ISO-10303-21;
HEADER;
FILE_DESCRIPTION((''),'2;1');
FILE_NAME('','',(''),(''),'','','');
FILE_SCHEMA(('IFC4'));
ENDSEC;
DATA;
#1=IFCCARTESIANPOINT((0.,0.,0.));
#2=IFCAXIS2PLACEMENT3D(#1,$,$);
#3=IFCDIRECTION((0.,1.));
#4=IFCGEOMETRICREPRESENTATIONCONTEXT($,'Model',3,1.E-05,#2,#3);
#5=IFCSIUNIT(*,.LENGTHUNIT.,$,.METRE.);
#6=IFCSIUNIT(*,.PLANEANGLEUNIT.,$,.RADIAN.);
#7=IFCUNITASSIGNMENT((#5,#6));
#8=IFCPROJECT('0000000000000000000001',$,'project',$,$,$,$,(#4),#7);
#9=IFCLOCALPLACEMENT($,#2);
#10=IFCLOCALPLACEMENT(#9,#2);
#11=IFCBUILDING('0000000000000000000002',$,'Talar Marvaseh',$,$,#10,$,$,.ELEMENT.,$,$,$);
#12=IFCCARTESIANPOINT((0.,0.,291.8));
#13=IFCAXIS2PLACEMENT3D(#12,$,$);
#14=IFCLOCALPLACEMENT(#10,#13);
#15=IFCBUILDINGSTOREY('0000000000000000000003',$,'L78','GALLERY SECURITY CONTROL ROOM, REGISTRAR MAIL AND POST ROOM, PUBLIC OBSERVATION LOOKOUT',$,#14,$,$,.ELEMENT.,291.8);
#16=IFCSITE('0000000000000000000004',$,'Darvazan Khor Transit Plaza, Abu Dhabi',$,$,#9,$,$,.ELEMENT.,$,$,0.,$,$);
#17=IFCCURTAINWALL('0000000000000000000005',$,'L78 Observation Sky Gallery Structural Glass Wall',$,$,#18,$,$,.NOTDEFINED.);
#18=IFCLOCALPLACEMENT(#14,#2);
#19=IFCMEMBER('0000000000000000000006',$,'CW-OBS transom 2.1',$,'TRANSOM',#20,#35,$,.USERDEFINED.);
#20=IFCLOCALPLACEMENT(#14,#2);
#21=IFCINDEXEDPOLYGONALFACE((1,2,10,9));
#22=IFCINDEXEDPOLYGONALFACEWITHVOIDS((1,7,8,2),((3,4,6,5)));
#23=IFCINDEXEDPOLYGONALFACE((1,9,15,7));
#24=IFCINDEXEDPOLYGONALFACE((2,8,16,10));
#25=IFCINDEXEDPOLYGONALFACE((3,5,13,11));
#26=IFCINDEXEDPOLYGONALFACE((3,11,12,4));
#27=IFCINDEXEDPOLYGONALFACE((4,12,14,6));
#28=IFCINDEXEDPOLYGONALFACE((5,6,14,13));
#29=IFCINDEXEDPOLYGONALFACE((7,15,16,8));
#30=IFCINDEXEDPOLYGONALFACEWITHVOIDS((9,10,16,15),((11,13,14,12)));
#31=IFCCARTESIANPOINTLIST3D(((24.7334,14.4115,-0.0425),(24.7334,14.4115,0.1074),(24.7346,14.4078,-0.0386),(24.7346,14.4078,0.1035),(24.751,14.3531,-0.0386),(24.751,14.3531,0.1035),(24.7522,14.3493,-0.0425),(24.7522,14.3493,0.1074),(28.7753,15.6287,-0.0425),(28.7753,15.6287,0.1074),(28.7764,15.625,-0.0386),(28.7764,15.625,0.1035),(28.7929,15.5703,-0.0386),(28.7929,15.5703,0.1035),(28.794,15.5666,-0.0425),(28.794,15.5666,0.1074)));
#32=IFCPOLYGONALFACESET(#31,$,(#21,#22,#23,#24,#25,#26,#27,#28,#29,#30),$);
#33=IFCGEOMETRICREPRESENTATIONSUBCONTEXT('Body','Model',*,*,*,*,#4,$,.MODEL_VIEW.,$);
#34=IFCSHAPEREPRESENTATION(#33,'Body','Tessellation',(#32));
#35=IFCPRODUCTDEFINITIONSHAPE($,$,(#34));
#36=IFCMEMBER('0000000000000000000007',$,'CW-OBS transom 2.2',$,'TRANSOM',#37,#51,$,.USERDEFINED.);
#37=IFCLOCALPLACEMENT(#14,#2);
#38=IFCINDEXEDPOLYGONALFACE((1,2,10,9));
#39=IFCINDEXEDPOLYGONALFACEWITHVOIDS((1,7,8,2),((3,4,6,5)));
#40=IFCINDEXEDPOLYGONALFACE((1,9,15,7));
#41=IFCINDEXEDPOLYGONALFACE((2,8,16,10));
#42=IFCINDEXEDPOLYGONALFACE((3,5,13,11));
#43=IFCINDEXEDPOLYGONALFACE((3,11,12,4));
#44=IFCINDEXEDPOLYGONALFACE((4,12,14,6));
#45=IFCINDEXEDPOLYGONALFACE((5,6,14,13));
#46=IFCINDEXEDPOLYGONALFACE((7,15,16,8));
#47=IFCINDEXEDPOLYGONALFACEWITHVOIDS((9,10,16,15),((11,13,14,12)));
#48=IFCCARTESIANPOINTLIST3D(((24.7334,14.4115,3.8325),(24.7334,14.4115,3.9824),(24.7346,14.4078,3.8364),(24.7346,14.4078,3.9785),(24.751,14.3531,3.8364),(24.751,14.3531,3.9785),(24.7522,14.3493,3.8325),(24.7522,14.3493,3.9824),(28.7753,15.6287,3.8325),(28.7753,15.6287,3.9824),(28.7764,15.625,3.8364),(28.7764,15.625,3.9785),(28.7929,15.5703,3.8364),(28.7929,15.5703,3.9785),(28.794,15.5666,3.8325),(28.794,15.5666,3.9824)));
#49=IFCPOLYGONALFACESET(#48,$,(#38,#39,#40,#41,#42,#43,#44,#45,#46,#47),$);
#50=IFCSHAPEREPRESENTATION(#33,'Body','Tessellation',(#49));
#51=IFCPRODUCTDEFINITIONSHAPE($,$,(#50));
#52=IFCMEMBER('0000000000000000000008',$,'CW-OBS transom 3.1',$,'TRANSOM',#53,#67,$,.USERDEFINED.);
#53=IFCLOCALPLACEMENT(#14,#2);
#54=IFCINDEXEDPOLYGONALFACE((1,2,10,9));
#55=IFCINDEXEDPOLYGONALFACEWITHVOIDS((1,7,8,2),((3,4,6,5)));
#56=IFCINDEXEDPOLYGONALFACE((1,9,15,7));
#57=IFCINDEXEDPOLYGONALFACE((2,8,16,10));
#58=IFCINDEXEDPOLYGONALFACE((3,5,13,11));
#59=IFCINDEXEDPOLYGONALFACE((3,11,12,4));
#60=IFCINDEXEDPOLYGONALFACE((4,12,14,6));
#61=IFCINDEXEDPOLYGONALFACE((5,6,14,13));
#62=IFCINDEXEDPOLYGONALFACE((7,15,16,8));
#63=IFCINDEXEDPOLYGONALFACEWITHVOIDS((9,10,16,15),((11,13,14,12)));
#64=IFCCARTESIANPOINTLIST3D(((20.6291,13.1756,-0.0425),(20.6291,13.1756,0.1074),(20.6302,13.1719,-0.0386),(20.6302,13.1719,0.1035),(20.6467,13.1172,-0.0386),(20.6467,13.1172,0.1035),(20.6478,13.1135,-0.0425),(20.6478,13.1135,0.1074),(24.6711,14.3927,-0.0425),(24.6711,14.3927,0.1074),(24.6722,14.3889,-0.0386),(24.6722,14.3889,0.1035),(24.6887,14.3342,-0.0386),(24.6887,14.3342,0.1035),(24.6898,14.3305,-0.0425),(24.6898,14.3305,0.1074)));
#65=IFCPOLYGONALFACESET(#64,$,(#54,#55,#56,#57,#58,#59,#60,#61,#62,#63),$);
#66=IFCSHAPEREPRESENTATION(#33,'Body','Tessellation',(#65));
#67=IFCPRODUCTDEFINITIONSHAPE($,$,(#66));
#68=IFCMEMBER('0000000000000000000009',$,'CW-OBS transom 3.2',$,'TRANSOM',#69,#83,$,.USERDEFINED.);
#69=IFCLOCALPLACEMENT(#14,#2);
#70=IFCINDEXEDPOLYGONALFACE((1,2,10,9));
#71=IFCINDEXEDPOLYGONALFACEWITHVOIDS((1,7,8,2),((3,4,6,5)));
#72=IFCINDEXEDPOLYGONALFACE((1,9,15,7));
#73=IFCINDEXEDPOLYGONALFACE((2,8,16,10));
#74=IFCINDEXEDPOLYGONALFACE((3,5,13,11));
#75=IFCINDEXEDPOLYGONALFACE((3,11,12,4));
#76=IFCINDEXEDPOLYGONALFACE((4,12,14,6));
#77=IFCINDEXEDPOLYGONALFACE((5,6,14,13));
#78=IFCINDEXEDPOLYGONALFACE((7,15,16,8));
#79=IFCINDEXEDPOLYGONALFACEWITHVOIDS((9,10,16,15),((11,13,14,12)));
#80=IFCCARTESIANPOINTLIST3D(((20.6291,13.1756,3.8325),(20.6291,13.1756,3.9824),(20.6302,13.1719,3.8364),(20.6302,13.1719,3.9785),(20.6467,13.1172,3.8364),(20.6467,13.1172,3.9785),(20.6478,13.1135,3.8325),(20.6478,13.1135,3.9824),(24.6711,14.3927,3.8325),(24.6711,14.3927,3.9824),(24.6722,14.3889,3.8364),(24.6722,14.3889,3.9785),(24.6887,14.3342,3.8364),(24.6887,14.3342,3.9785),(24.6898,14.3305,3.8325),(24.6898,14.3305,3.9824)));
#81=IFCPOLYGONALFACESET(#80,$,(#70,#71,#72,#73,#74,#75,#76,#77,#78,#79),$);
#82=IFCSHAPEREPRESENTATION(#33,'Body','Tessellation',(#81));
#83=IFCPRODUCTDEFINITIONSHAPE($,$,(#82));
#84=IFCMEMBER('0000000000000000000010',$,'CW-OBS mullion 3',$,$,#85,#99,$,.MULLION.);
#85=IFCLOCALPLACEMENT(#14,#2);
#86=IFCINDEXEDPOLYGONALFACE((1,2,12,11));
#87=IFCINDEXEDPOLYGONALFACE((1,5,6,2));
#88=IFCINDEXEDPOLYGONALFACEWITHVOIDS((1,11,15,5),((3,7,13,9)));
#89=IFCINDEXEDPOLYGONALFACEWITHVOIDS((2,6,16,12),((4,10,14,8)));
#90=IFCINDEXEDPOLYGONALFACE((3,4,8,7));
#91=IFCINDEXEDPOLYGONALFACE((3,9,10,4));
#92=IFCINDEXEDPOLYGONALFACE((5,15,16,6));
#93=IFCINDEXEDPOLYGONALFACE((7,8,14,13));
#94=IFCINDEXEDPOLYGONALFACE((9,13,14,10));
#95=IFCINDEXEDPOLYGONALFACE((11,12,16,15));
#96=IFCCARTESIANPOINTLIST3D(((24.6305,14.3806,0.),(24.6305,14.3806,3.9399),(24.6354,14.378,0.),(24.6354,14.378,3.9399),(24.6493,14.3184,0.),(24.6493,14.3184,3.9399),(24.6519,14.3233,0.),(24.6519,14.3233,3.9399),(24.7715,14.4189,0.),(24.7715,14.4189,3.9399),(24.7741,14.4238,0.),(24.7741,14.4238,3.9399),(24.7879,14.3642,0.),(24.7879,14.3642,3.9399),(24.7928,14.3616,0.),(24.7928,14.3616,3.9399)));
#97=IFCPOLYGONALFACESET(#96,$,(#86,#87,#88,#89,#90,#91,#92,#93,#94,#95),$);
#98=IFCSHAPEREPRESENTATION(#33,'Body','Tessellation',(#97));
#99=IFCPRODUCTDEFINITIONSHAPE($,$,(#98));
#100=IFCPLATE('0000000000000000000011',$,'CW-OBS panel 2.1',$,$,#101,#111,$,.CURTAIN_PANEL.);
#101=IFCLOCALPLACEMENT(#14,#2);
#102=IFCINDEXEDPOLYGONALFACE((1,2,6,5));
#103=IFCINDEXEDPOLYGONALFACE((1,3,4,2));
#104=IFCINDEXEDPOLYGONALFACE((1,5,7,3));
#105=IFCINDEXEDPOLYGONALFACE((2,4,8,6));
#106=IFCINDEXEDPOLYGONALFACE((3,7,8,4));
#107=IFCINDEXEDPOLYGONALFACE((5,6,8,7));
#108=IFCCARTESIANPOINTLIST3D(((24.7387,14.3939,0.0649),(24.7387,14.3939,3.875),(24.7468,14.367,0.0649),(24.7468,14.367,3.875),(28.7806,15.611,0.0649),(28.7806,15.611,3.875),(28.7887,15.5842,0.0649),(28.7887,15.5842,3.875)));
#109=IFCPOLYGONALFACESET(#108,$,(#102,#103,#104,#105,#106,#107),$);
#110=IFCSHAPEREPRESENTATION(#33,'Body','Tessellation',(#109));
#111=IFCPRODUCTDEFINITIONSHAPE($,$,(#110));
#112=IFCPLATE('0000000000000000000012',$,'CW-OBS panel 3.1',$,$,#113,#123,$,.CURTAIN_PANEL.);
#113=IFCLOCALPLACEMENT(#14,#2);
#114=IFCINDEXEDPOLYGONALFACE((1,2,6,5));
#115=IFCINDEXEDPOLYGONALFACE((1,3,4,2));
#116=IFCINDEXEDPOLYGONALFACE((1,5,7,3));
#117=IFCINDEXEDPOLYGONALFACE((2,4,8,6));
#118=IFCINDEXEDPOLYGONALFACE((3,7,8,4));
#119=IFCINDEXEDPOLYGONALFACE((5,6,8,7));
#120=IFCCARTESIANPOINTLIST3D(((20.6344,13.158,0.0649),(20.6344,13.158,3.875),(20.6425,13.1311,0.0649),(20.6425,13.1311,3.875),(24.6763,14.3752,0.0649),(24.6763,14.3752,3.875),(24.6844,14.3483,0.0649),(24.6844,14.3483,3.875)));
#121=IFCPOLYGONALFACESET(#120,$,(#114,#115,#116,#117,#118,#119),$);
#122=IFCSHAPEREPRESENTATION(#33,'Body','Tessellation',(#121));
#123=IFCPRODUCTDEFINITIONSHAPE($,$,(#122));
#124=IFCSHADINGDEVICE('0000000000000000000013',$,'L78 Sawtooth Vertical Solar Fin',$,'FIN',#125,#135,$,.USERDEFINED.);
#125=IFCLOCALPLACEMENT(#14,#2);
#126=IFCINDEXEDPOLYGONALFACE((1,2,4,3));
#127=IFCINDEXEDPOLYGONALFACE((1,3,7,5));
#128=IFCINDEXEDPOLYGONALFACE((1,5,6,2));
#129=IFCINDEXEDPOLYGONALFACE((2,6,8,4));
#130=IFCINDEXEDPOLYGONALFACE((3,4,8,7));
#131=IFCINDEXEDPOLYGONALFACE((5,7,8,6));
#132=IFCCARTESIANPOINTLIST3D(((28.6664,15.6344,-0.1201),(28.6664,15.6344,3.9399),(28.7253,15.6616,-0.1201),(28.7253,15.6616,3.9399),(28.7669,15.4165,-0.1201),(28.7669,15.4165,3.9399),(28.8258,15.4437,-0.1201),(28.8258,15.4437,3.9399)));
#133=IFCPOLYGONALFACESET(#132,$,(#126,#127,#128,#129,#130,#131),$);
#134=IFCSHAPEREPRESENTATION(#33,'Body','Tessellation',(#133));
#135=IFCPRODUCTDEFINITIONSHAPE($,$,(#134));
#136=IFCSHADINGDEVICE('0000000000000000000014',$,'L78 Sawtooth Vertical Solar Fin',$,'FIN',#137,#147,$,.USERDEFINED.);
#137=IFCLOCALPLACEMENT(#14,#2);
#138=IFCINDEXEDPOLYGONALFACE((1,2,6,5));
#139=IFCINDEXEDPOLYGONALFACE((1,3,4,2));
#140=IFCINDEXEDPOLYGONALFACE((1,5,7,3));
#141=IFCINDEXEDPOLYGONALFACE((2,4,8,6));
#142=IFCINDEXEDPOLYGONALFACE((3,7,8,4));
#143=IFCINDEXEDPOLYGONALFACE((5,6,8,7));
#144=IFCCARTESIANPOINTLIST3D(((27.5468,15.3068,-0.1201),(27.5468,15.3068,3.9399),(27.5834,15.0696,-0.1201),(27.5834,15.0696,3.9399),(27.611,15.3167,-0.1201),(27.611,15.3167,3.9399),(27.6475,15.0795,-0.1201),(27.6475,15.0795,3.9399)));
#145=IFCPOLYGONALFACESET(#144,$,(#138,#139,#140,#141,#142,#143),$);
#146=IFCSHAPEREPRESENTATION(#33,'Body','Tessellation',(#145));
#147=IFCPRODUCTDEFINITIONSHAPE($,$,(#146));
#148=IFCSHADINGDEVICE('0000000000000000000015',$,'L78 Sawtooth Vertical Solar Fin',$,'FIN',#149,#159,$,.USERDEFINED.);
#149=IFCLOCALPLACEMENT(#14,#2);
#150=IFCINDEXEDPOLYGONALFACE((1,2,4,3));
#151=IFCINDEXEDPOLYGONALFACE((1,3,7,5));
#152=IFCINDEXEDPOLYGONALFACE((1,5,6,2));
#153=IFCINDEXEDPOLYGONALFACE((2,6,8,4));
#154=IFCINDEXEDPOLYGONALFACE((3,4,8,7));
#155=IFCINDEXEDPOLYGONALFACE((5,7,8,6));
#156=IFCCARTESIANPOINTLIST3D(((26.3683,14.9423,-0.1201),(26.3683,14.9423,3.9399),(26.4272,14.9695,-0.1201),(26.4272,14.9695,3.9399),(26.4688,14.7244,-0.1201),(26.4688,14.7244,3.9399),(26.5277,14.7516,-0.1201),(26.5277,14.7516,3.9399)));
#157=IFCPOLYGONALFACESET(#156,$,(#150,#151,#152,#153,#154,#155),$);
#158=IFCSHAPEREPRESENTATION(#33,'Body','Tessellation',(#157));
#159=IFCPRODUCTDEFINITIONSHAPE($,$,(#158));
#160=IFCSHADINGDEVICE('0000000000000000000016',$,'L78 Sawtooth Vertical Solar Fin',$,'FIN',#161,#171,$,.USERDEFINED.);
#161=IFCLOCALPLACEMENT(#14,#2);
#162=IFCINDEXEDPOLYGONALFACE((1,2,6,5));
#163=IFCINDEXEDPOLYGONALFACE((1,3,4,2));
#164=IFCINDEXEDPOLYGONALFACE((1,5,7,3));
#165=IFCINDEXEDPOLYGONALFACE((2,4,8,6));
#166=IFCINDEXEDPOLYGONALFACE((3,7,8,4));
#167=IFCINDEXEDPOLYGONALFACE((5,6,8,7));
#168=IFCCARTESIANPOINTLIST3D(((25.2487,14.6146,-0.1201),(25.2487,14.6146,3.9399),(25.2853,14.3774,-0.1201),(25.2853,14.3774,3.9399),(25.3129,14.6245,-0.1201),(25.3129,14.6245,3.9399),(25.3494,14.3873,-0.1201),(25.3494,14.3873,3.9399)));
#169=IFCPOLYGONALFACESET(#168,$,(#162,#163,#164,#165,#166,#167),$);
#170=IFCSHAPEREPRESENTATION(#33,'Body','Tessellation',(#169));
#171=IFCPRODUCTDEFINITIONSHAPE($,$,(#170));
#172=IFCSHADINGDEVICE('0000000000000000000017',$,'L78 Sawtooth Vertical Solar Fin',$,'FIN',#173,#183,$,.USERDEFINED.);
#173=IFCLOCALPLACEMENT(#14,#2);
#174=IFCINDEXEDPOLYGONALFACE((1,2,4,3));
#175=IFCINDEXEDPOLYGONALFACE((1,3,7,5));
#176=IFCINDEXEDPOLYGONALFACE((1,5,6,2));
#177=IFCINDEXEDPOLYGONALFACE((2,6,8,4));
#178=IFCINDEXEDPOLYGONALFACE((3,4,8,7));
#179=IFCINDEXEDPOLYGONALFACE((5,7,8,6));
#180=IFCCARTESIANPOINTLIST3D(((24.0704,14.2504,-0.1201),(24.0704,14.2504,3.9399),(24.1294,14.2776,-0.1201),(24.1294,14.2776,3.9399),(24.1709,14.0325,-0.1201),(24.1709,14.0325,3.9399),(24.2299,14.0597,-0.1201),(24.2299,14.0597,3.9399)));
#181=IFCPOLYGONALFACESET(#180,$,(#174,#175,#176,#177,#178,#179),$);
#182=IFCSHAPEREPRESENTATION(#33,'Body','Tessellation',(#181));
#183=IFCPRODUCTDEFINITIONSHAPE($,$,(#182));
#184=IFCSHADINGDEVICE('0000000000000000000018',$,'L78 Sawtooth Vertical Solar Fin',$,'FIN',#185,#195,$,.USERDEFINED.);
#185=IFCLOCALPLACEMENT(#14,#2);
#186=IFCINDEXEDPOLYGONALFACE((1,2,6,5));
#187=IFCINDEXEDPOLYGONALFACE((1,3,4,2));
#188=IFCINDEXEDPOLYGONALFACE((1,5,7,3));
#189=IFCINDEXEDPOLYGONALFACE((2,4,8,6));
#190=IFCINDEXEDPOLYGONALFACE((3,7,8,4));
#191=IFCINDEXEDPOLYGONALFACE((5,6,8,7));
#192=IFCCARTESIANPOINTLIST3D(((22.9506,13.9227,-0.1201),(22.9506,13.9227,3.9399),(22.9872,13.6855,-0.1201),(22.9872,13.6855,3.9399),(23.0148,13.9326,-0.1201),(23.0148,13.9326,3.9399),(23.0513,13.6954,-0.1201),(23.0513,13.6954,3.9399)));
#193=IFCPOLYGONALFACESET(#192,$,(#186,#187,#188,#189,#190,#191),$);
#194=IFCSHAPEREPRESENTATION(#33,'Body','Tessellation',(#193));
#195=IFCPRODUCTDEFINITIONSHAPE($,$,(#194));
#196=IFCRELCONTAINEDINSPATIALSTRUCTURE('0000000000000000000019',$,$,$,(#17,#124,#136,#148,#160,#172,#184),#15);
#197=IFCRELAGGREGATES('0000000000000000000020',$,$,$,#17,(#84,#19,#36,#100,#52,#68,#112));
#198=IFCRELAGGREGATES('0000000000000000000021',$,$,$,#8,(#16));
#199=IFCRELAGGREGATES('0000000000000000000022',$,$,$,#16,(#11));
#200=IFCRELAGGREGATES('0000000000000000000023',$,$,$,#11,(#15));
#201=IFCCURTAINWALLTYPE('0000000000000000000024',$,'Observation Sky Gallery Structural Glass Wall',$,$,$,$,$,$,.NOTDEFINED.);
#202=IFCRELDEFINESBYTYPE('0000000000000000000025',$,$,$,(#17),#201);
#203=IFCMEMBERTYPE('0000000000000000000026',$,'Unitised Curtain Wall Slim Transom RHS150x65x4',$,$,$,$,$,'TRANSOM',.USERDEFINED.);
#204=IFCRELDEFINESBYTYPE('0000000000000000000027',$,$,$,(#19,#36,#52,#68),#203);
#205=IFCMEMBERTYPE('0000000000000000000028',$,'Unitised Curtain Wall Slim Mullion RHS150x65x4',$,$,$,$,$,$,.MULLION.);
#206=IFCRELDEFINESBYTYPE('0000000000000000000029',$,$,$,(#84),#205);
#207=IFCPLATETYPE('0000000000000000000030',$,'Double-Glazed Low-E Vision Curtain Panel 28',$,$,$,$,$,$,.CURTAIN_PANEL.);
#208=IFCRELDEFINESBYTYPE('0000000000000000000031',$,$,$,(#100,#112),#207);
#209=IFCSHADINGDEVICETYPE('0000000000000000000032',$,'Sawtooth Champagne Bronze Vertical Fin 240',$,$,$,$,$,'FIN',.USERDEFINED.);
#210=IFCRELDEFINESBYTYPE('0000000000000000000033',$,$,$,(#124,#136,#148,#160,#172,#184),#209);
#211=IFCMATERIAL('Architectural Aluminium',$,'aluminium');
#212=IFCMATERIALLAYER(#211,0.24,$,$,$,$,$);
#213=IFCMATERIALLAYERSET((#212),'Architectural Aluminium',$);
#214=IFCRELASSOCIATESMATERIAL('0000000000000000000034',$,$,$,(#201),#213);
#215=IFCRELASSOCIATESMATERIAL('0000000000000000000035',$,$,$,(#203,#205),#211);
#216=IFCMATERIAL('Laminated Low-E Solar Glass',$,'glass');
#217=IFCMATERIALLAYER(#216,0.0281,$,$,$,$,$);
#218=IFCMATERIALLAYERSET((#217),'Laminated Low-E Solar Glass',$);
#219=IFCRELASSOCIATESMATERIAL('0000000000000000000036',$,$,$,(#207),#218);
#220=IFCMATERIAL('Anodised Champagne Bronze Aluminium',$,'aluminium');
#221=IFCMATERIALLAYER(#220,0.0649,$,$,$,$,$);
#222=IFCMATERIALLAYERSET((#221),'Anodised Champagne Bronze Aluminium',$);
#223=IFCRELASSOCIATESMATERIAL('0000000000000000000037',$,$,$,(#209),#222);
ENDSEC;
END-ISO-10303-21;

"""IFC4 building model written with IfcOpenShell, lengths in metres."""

from ifc_helpers import new_model, si_unit, direction, frame, origin, origin_2d, place, context, subcontext, project, spatial, rectangle, hollow_rectangle, extrude, source, transform, mapped, material, layer, layer_set, material_profile, profile_set, type_object, type_shapes, element, aggregate, save


model = new_model("IFC4")

# Units and contexts
model_context = context("Model", 3, precision=1e-05, world=origin(), true_north=direction((0.0, 1.0)))
body_context = subcontext(model_context, "Body", "Model", "MODEL_VIEW")
ifc_project = project(units=[si_unit("LENGTHUNIT", "METRE"), si_unit("PLANEANGLEUNIT", "RADIAN")], contexts=[model_context])

# Site, building, storey
site_placement = place(None, origin())
site = spatial("IfcSite", under=ifc_project, at=site_placement, Name="Darvazan Khor Transit Plaza, Abu Dhabi", CompositionType="ELEMENT", RefElevation=0.0)
building_placement = place(site_placement, origin())
building = spatial("IfcBuilding", under=site, at=building_placement, Name="Talar Marvaseh", CompositionType="ELEMENT")
storey_placement = place(building_placement, frame((0.0, 0.0, 291.8)))
storey = spatial("IfcBuildingStorey", under=building, at=storey_placement, Name="L78", Description="GALLERY SECURITY CONTROL ROOM, REGISTRAR MAIL AND POST ROOM, PUBLIC OBSERVATION LOOKOUT", CompositionType="ELEMENT", Elevation=291.8)

# Curtain wall, members, plates
ifc_material_1 = material(Name="Architectural Aluminium", Category="aluminium")
ifc_layer_1 = layer(ifc_material_1, 0.24)
ifc_layer_set_1 = layer_set([ifc_layer_1], Name="Architectural Aluminium")
curtain_wall_type = type_object("IfcCurtainWallType", Name="Observation Sky Gallery Structural Glass Wall", PredefinedType="NOTDEFINED", material=ifc_layer_set_1)
curtain_wall_placement = place(storey_placement, origin())
curtain_wall = element("IfcCurtainWall", 1, at=curtain_wall_placement, inside=storey, type_object=curtain_wall_type, Name="L78 Observation Sky Gallery Structural Glass Wall", PredefinedType="NOTDEFINED")
ifc_material_profile_1 = material_profile(ifc_material_1, hollow_rectangle(XDim=0.0649, YDim=0.1499, WallThickness=0.0039, at=origin_2d()), Name="RHS150x65x4")
ifc_profile_set_1 = profile_set([ifc_material_profile_1], Name="Architectural Aluminium")
member_type_1 = type_object("IfcMemberType", Name="Unitised Curtain Wall Slim Transom RHS150x65x4", ElementType="TRANSOM", PredefinedType="USERDEFINED", material=ifc_profile_set_1)
shared_shape_1 = source(origin(), body_context, "Body", "SweptSolid", [
    extrude(hollow_rectangle(XDim=0.0649, YDim=0.1499, WallThickness=0.0039, at=origin_2d()), origin(), (0.0, 0.0, 1.0), 4.2212),
])
type_shapes(member_type_1, [shared_shape_1])
member_1_placement = place(storey_placement, frame((28.7847, 15.5977, 0.0325), z_axis=(-0.95752, -0.288366, 0.0), x_axis=(0.288366, -0.95752, 0.0)))
member_1 = element("IfcMember", 2, at=member_1_placement, type_object=member_type_1, Name="CW-OBS transom 2.1", ObjectType="TRANSOM", PredefinedType="USERDEFINED", context=body_context, shape_type="MappedRepresentation", body=[
    mapped(shared_shape_1, transform((0.0, 0.0, 0.0), x_axis=(1.0, 0.0, 0.0), y_axis=(0.0, 1.0, 0.0), z_axis=(0.0, 0.0, 1.0), scale=1.0)),
])
member_2_placement = place(storey_placement, frame((28.7847, 15.5977, 3.9075), z_axis=(-0.95752, -0.288366, 0.0), x_axis=(0.288366, -0.95752, 0.0)))
member_2 = element("IfcMember", 3, at=member_2_placement, type_object=member_type_1, Name="CW-OBS transom 2.2", ObjectType="TRANSOM", PredefinedType="USERDEFINED", context=body_context, shape_type="MappedRepresentation", body=[
    mapped(shared_shape_1, transform((0.0, 0.0, 0.0), x_axis=(1.0, 0.0, 0.0), y_axis=(0.0, 1.0, 0.0), z_axis=(0.0, 0.0, 1.0), scale=1.0)),
])
member_3_placement = place(storey_placement, frame((24.6804, 14.3616, 0.0325), z_axis=(-0.957536, -0.288313, 0.0), x_axis=(0.288313, -0.957536, 0.0)))
member_3 = element("IfcMember", 4, at=member_3_placement, type_object=member_type_1, Name="CW-OBS transom 3.1", ObjectType="TRANSOM", PredefinedType="USERDEFINED", context=body_context, shape_type="MappedRepresentation", body=[
    mapped(shared_shape_1, transform((0.0, 0.0, 0.0), x_axis=(1.0, 0.0, 0.0), y_axis=(0.0, 1.0, 0.0), z_axis=(0.0, 0.0, 1.0), scale=1.0)),
])
member_4_placement = place(storey_placement, frame((24.6804, 14.3616, 3.9075), z_axis=(-0.957536, -0.288313, 0.0), x_axis=(0.288313, -0.957536, 0.0)))
member_4 = element("IfcMember", 5, at=member_4_placement, type_object=member_type_1, Name="CW-OBS transom 3.2", ObjectType="TRANSOM", PredefinedType="USERDEFINED", context=body_context, shape_type="MappedRepresentation", body=[
    mapped(shared_shape_1, transform((0.0, 0.0, 0.0), x_axis=(1.0, 0.0, 0.0), y_axis=(0.0, 1.0, 0.0), z_axis=(0.0, 0.0, 1.0), scale=1.0)),
])
ifc_material_profile_2 = material_profile(ifc_material_1, hollow_rectangle(XDim=0.0649, YDim=0.1499, WallThickness=0.0039, at=origin_2d()), Name="RHS150x65x4")
ifc_profile_set_2 = profile_set([ifc_material_profile_2], Name="Architectural Aluminium")
member_type_2 = type_object("IfcMemberType", Name="Unitised Curtain Wall Slim Mullion RHS150x65x4", PredefinedType="MULLION", material=ifc_profile_set_2)
shared_shape_2 = source(origin(), body_context, "Body", "SweptSolid", [
    extrude(hollow_rectangle(XDim=0.0649, YDim=0.1499, WallThickness=0.0039, at=origin_2d()), origin(), (0.0, 0.0, 1.0), 3.9399),
])
type_shapes(member_type_2, [shared_shape_2])
member_5_placement = place(storey_placement, frame((24.7117, 14.3711, 0.0), z_axis=(0.0, 0.0, 1.0), x_axis=(0.288346, -0.957526, 0.0)))
member_5 = element("IfcMember", 6, at=member_5_placement, type_object=member_type_2, Name="CW-OBS mullion 3", PredefinedType="MULLION", context=body_context, shape_type="MappedRepresentation", body=[
    mapped(shared_shape_2, transform((0.0, 0.0, 0.0), x_axis=(1.0, 0.0, 0.0), y_axis=(0.0, 1.0, 0.0), z_axis=(0.0, 0.0, 1.0), scale=1.0)),
])
ifc_material_2 = material(Name="Laminated Low-E Solar Glass", Category="glass")
ifc_layer_2 = layer(ifc_material_2, 0.0281)
ifc_layer_set_2 = layer_set([ifc_layer_2], Name="Laminated Low-E Solar Glass")
plate_type = type_object("IfcPlateType", Name="Double-Glazed Low-E Vision Curtain Panel 28", PredefinedType="CURTAIN_PANEL", material=ifc_layer_set_2)
shared_shape_3 = source(origin(), body_context, "Body", "SweptSolid", [
    extrude(rectangle(XDim=4.2212, YDim=0.0281, at=origin_2d()), origin(), (0.0, 0.0, 1.0), 3.8101),
])
type_shapes(plate_type, [shared_shape_3])
plate_1_placement = place(storey_placement, frame((26.7637, 14.989, 0.0649), z_axis=(0.0, 0.0, 1.0), x_axis=(-0.957526, -0.288346, 0.0)))
plate_1 = element("IfcPlate", 7, at=plate_1_placement, type_object=plate_type, Name="CW-OBS panel 2.1", PredefinedType="CURTAIN_PANEL", context=body_context, shape_type="MappedRepresentation", body=[
    mapped(shared_shape_3, transform((0.0, 0.0, 0.0), x_axis=(1.0, 0.0, 0.0), y_axis=(0.0, 1.0, 0.0), z_axis=(0.0, 0.0, 1.0), scale=1.0)),
])
plate_2_placement = place(storey_placement, frame((22.6594, 13.7532, 0.0649), z_axis=(0.0, 0.0, 1.0), x_axis=(-0.957526, -0.288346, 0.0)))
plate_2 = element("IfcPlate", 8, at=plate_2_placement, type_object=plate_type, Name="CW-OBS panel 3.1", PredefinedType="CURTAIN_PANEL", context=body_context, shape_type="MappedRepresentation", body=[
    mapped(shared_shape_3, transform((0.0, 0.0, 0.0), x_axis=(1.0, 0.0, 0.0), y_axis=(0.0, 1.0, 0.0), z_axis=(0.0, 0.0, 1.0), scale=1.0)),
])
aggregate(curtain_wall, [member_5, member_1, member_2, plate_1, member_3, member_4, plate_2])

# Shading devices
ifc_material_3 = material(Name="Anodised Champagne Bronze Aluminium", Category="aluminium")
ifc_layer_3 = layer(ifc_material_3, 0.0649)
ifc_layer_set_3 = layer_set([ifc_layer_3], Name="Anodised Champagne Bronze Aluminium")
shading_device_type = type_object("IfcShadingDeviceType", Name="Sawtooth Champagne Bronze Vertical Fin 240", ElementType="FIN", PredefinedType="USERDEFINED", material=ifc_layer_set_3)
shared_shape_4 = source(origin(), body_context, "Body", "SweptSolid", [
    extrude(rectangle(XDim=0.24, YDim=0.0649, at=origin_2d()), origin(), (0.0, 0.0, 1.0), 4.0601),
])
type_shapes(shading_device_type, [shared_shape_4])
for number, where, z_axis, x_axis, name in (
    (9, (28.7461, 15.5391, -0.1201), (0.0, 0.0, 1.0), (0.418818, -0.90807, 0.0), "L78 Sawtooth Vertical Solar Fin"),
    (10, (27.5972, 15.1931, -0.1201), (0.0, 0.0, 1.0), (0.152296, -0.988335, 0.0), "L78 Sawtooth Vertical Solar Fin"),
    (11, (26.448, 14.8469, -0.1201), (0.0, 0.0, 1.0), (0.418818, -0.90807, 0.0), "L78 Sawtooth Vertical Solar Fin"),
    (12, (25.2991, 14.501, -0.1201), (0.0, 0.0, 1.0), (0.152296, -0.988335, 0.0), "L78 Sawtooth Vertical Solar Fin"),
    (13, (24.1501, 14.155, -0.1201), (0.0, 0.0, 1.0), (0.418818, -0.90807, 0.0), "L78 Sawtooth Vertical Solar Fin"),
    (14, (23.001, 13.8091, -0.1201), (0.0, 0.0, 1.0), (0.152296, -0.988335, 0.0), "L78 Sawtooth Vertical Solar Fin"),
):
    element("IfcShadingDevice", number, at=place(storey_placement, frame(where, z_axis=z_axis, x_axis=x_axis)), inside=storey, type_object=shading_device_type, Name=name, ObjectType="FIN", PredefinedType="USERDEFINED", context=body_context, shape_type="MappedRepresentation", body=[
        mapped(shared_shape_4, transform((0.0, 0.0, 0.0), x_axis=(1.0, 0.0, 0.0), y_axis=(0.0, 1.0, 0.0), z_axis=(0.0, 0.0, 1.0), scale=1.0)),
    ])

save(model, "model.ifc")
